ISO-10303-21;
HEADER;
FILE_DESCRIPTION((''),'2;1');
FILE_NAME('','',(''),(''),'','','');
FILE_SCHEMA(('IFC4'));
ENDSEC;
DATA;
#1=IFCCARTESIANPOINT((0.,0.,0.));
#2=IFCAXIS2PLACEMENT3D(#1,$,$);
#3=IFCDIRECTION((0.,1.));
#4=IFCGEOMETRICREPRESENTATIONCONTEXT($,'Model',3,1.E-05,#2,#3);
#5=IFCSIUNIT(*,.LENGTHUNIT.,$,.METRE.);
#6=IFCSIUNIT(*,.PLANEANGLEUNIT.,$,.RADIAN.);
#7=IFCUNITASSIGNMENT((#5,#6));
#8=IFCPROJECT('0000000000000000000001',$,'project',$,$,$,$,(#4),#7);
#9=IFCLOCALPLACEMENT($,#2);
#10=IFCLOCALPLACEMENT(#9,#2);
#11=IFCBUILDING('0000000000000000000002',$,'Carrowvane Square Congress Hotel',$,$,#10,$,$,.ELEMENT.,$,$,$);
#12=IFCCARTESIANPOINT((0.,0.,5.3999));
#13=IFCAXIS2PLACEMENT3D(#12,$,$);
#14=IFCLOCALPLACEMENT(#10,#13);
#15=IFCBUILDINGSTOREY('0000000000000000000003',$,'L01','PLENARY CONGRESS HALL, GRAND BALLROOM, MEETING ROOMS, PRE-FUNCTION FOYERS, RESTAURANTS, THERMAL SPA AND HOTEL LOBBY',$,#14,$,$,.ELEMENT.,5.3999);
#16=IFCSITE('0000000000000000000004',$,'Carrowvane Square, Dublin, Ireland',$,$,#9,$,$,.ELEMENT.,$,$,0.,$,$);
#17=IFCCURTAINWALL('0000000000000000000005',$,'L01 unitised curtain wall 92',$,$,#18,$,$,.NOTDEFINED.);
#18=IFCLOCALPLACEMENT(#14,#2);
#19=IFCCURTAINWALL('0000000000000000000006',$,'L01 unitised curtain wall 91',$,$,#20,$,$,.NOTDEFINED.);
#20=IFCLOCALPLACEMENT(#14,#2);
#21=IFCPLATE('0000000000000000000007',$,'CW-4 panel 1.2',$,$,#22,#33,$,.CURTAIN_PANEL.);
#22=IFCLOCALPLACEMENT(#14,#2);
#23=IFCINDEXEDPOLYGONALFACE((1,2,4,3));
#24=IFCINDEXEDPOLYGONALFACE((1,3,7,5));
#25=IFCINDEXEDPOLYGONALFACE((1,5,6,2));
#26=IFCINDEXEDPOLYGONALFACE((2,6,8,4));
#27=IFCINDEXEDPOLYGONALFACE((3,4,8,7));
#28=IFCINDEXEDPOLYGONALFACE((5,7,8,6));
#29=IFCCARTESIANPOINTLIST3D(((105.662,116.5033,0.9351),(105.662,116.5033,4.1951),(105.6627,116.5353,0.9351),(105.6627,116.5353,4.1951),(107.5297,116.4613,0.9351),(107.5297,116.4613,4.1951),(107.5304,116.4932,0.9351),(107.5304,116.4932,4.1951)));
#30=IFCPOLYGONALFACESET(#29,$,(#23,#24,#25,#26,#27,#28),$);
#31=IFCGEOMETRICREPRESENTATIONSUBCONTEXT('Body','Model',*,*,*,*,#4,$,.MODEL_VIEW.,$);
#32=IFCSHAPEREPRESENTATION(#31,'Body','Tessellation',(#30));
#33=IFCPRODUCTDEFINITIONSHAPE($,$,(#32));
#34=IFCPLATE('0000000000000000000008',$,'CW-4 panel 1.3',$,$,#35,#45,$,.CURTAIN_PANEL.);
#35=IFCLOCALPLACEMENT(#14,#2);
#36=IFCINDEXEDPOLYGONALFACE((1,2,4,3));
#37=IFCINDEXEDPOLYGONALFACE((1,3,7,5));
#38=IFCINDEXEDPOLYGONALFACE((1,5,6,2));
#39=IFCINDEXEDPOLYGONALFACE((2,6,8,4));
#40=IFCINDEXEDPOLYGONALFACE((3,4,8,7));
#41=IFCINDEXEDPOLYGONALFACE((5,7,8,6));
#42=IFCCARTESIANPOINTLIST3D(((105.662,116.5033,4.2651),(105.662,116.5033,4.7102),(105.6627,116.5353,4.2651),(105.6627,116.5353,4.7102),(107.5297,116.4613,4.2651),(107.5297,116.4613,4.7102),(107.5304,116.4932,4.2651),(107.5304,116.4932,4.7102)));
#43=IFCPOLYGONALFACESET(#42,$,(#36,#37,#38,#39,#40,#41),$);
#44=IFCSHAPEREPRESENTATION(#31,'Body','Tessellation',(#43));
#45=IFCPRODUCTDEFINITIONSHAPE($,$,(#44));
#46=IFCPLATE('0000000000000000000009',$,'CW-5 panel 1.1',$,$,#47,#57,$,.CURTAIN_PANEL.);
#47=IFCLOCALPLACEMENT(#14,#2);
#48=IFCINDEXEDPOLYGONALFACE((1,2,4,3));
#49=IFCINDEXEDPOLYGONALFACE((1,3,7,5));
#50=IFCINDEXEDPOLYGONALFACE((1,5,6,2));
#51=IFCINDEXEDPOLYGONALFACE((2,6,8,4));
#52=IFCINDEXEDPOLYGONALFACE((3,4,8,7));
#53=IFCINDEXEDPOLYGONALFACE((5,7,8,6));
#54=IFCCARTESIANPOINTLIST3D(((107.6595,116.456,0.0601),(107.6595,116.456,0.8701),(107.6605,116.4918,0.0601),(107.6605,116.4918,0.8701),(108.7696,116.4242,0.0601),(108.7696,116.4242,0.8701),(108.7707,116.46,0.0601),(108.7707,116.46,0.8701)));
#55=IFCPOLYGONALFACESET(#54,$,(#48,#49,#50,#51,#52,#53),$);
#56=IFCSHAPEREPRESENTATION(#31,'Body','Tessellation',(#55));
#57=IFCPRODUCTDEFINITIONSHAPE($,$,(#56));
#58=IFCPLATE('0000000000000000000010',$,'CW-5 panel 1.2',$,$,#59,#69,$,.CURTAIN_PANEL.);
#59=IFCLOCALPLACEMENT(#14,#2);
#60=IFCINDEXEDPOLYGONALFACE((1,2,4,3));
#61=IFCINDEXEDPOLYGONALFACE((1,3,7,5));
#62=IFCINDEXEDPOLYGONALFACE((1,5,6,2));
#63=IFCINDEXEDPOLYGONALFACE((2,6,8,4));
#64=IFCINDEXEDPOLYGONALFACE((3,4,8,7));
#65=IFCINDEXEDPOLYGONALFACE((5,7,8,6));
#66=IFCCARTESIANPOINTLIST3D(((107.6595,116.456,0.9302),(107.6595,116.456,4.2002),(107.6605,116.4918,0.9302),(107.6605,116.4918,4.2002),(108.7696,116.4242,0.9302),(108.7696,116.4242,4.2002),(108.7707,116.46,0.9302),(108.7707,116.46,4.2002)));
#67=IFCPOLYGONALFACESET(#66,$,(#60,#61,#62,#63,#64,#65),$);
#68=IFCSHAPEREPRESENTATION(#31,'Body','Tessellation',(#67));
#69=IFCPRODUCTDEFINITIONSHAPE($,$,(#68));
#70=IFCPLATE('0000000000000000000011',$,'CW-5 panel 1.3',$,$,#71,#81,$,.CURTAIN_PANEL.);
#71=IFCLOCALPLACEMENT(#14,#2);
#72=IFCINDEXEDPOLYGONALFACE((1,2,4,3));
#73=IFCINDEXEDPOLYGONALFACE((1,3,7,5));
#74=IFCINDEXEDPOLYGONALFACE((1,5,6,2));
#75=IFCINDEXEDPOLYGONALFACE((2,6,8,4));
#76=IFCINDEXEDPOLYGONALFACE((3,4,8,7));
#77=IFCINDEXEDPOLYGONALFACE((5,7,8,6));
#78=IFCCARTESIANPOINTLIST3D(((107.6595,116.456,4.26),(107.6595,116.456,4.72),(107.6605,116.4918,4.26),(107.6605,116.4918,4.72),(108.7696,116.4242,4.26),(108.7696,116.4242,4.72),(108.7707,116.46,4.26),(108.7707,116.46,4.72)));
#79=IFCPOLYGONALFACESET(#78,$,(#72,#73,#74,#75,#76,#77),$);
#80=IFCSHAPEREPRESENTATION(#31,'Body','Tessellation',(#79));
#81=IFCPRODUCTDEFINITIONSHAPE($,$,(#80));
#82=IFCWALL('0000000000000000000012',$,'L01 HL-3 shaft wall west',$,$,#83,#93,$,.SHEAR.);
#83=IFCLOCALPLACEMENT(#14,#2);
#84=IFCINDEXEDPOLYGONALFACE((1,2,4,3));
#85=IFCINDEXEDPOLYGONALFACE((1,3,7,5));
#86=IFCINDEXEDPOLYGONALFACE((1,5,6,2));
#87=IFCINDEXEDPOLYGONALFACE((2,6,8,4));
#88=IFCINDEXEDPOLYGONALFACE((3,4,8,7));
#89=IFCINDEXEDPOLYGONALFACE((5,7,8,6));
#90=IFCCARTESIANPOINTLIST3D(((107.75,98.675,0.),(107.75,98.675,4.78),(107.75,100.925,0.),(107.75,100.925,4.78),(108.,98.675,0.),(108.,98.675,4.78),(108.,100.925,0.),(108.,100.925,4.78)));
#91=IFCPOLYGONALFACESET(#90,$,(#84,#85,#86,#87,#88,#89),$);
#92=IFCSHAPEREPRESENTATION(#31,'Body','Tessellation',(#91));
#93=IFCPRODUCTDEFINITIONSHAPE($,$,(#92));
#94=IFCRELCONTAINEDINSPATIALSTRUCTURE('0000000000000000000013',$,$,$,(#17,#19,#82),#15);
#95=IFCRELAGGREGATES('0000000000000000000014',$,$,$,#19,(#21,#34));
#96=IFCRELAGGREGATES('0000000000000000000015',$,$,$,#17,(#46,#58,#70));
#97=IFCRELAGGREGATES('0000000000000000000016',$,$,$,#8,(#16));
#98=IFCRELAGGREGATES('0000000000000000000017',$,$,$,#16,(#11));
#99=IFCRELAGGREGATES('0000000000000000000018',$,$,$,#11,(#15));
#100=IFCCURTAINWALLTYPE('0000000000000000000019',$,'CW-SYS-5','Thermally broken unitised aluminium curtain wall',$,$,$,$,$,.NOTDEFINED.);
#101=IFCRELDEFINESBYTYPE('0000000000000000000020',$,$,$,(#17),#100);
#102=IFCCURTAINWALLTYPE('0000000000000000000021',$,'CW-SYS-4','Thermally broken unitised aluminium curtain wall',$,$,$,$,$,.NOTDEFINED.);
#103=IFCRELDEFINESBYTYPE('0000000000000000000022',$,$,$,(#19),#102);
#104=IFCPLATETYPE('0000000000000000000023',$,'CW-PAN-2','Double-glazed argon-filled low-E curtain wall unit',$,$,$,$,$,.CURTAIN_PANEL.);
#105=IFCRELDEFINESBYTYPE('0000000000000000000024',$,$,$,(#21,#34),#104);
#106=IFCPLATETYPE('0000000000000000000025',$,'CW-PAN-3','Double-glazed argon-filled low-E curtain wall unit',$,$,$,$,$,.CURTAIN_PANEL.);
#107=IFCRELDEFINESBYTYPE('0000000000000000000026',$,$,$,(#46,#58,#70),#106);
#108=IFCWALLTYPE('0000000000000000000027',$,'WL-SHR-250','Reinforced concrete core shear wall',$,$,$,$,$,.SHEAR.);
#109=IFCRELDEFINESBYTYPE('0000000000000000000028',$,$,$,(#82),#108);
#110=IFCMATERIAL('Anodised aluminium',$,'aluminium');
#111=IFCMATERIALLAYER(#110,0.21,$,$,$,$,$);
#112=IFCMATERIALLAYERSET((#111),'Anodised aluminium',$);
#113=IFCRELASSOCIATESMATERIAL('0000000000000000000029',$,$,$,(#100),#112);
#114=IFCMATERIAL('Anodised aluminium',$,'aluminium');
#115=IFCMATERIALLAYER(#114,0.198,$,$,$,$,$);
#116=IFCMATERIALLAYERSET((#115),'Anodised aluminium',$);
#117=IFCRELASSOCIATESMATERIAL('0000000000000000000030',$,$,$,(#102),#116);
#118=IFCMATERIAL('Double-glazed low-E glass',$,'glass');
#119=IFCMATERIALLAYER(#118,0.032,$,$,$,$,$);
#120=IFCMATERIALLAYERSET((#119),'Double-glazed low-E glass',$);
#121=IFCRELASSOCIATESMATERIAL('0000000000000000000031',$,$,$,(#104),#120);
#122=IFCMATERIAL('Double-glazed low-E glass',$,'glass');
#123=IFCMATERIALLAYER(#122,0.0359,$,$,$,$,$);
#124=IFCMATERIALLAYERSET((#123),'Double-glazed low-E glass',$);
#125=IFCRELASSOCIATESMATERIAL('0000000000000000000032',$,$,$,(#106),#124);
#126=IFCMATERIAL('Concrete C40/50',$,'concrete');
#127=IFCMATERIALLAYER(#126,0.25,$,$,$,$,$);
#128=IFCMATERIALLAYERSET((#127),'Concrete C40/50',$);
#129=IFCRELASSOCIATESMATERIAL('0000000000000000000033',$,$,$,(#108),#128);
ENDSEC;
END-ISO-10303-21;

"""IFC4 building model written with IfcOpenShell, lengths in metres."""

from ifc_helpers import new_model, si_unit, direction, frame, frame_2d, origin, origin_2d, place, context, subcontext, project, spatial, rectangle, extrude, material, layer, layer_set, type_object, element, aggregate, save


model = new_model("IFC4")

# Units and contexts
model_context = context("Model", 3, precision=1e-05, world=origin(), true_north=direction((0.0, 1.0)))
body_context = subcontext(model_context, "Body", "Model", "MODEL_VIEW")
ifc_project = project(units=[si_unit("LENGTHUNIT", "METRE"), si_unit("PLANEANGLEUNIT", "RADIAN")], contexts=[model_context])

# Site, building, storey
site_placement = place(None, origin())
site = spatial("IfcSite", under=ifc_project, at=site_placement, Name="Carrowvane Square, Dublin, Ireland", CompositionType="ELEMENT", RefElevation=0.0)
building_placement = place(site_placement, origin())
building = spatial("IfcBuilding", under=site, at=building_placement, Name="Carrowvane Square Congress Hotel", CompositionType="ELEMENT")
storey_placement = place(building_placement, frame((0.0, 0.0, 5.3999)))
storey = spatial("IfcBuildingStorey", under=building, at=storey_placement, Name="L01", Description="PLENARY CONGRESS HALL, GRAND BALLROOM, MEETING ROOMS, PRE-FUNCTION FOYERS, RESTAURANTS, THERMAL SPA AND HOTEL LOBBY", CompositionType="ELEMENT", Elevation=5.3999)

# Curtain wall
ifc_material_1 = material(Name="Anodised aluminium", Category="aluminium")
ifc_layer_1 = layer(ifc_material_1, 0.21)
ifc_layer_set_1 = layer_set([ifc_layer_1], Name="Anodised aluminium")
curtain_wall_type_1 = type_object("IfcCurtainWallType", Name="CW-SYS-5", Description="Thermally broken unitised aluminium curtain wall", PredefinedType="NOTDEFINED", material=ifc_layer_set_1)
curtain_wall_1_placement = place(storey_placement, origin())
curtain_wall_1 = element("IfcCurtainWall", 1, at=curtain_wall_1_placement, inside=storey, type_object=curtain_wall_type_1, Name="L01 unitised curtain wall 92", PredefinedType="NOTDEFINED")

# Curtain wall
ifc_material_2 = material(Name="Anodised aluminium", Category="aluminium")
ifc_layer_2 = layer(ifc_material_2, 0.198)
ifc_layer_set_2 = layer_set([ifc_layer_2], Name="Anodised aluminium")
curtain_wall_type_2 = type_object("IfcCurtainWallType", Name="CW-SYS-4", Description="Thermally broken unitised aluminium curtain wall", PredefinedType="NOTDEFINED", material=ifc_layer_set_2)
curtain_wall_2_placement = place(storey_placement, origin())
curtain_wall_2 = element("IfcCurtainWall", 2, at=curtain_wall_2_placement, inside=storey, type_object=curtain_wall_type_2, Name="L01 unitised curtain wall 91", PredefinedType="NOTDEFINED")

# Plates
ifc_material_3 = material(Name="Double-glazed low-E glass", Category="glass")
ifc_layer_3 = layer(ifc_material_3, 0.032)
ifc_layer_set_3 = layer_set([ifc_layer_3], Name="Double-glazed low-E glass")
plate_type_1 = type_object("IfcPlateType", Name="CW-PAN-2", Description="Double-glazed argon-filled low-E curtain wall unit", PredefinedType="CURTAIN_PANEL", material=ifc_layer_set_3)
plate_1_placement = place(storey_placement, frame((106.5962, 116.4983, 0.9351), z_axis=(0.0, 0.0, 1.0), x_axis=(0.999746, -0.022518, 0.0)))
plate_1 = element("IfcPlate", 3, at=plate_1_placement, type_object=plate_type_1, Name="CW-4 panel 1.2", PredefinedType="CURTAIN_PANEL", context=body_context, shape_type="SweptSolid", body=[
    extrude(rectangle(XDim=1.8682, YDim=0.032, at=origin_2d()), origin(), (0.0, 0.0, 1.0), 3.26),
])
plate_2_placement = place(storey_placement, frame((106.5962, 116.4983, 4.2651), z_axis=(0.0, 0.0, 1.0), x_axis=(0.999746, -0.022518, 0.0)))
plate_2 = element("IfcPlate", 4, at=plate_2_placement, type_object=plate_type_1, Name="CW-4 panel 1.3", PredefinedType="CURTAIN_PANEL", context=body_context, shape_type="SweptSolid", body=[
    extrude(rectangle(XDim=1.8682, YDim=0.032, at=origin_2d()), origin(), (0.0, 0.0, 1.0), 0.4451),
])
aggregate(curtain_wall_2, [plate_1, plate_2])
ifc_material_4 = material(Name="Double-glazed low-E glass", Category="glass")
ifc_layer_4 = layer(ifc_material_4, 0.0359)
ifc_layer_set_4 = layer_set([ifc_layer_4], Name="Double-glazed low-E glass")
plate_type_2 = type_object("IfcPlateType", Name="CW-PAN-3", Description="Double-glazed argon-filled low-E curtain wall unit", PredefinedType="CURTAIN_PANEL", material=ifc_layer_set_4)
plate_3_placement = place(storey_placement, frame((108.2151, 116.458, 0.0601), z_axis=(0.0, 0.0, 1.0), x_axis=(0.99959, -0.028638, 0.0)))
plate_3 = element("IfcPlate", 5, at=plate_3_placement, type_object=plate_type_2, Name="CW-5 panel 1.1", PredefinedType="CURTAIN_PANEL", context=body_context, shape_type="SweptSolid", body=[
    extrude(rectangle(XDim=1.1106, YDim=0.0359, at=origin_2d()), origin(), (0.0, 0.0, 1.0), 0.8101),
])
plate_4_placement = place(storey_placement, frame((108.2151, 116.458, 0.9302), z_axis=(0.0, 0.0, 1.0), x_axis=(0.99959, -0.028638, 0.0)))
plate_4 = element("IfcPlate", 6, at=plate_4_placement, type_object=plate_type_2, Name="CW-5 panel 1.2", PredefinedType="CURTAIN_PANEL", context=body_context, shape_type="SweptSolid", body=[
    extrude(rectangle(XDim=1.1106, YDim=0.0359, at=origin_2d()), origin(), (0.0, 0.0, 1.0), 3.27),
])
plate_5_placement = place(storey_placement, frame((108.2151, 116.458, 4.26), z_axis=(0.0, 0.0, 1.0), x_axis=(0.99959, -0.028638, 0.0)))
plate_5 = element("IfcPlate", 7, at=plate_5_placement, type_object=plate_type_2, Name="CW-5 panel 1.3", PredefinedType="CURTAIN_PANEL", context=body_context, shape_type="SweptSolid", body=[
    extrude(rectangle(XDim=1.1106, YDim=0.0359, at=origin_2d()), origin(), (0.0, 0.0, 1.0), 0.46),
])
aggregate(curtain_wall_1, [plate_3, plate_4, plate_5])

# Wall
ifc_material_5 = material(Name="Concrete C40/50", Category="concrete")
ifc_layer_5 = layer(ifc_material_5, 0.25)
ifc_layer_set_5 = layer_set([ifc_layer_5], Name="Concrete C40/50")
wall_type = type_object("IfcWallType", Name="WL-SHR-250", Description="Reinforced concrete core shear wall", PredefinedType="SHEAR", material=ifc_layer_set_5)
wall_placement = place(storey_placement, frame((107.875, 100.925, 0.0), z_axis=(0.0, 0.0, 1.0), x_axis=(0.0, -1.0, 0.0)))
element("IfcWall", 8, at=wall_placement, inside=storey, type_object=wall_type, Name="L01 HL-3 shaft wall west", PredefinedType="SHEAR", context=body_context, shape_type="SweptSolid", body=[
    extrude(rectangle(XDim=2.25, YDim=0.25, at=frame_2d((1.125, 0.0))), origin(), (0.0, 0.0, 1.0), 4.78),
])

save(model, "model.ifc")
